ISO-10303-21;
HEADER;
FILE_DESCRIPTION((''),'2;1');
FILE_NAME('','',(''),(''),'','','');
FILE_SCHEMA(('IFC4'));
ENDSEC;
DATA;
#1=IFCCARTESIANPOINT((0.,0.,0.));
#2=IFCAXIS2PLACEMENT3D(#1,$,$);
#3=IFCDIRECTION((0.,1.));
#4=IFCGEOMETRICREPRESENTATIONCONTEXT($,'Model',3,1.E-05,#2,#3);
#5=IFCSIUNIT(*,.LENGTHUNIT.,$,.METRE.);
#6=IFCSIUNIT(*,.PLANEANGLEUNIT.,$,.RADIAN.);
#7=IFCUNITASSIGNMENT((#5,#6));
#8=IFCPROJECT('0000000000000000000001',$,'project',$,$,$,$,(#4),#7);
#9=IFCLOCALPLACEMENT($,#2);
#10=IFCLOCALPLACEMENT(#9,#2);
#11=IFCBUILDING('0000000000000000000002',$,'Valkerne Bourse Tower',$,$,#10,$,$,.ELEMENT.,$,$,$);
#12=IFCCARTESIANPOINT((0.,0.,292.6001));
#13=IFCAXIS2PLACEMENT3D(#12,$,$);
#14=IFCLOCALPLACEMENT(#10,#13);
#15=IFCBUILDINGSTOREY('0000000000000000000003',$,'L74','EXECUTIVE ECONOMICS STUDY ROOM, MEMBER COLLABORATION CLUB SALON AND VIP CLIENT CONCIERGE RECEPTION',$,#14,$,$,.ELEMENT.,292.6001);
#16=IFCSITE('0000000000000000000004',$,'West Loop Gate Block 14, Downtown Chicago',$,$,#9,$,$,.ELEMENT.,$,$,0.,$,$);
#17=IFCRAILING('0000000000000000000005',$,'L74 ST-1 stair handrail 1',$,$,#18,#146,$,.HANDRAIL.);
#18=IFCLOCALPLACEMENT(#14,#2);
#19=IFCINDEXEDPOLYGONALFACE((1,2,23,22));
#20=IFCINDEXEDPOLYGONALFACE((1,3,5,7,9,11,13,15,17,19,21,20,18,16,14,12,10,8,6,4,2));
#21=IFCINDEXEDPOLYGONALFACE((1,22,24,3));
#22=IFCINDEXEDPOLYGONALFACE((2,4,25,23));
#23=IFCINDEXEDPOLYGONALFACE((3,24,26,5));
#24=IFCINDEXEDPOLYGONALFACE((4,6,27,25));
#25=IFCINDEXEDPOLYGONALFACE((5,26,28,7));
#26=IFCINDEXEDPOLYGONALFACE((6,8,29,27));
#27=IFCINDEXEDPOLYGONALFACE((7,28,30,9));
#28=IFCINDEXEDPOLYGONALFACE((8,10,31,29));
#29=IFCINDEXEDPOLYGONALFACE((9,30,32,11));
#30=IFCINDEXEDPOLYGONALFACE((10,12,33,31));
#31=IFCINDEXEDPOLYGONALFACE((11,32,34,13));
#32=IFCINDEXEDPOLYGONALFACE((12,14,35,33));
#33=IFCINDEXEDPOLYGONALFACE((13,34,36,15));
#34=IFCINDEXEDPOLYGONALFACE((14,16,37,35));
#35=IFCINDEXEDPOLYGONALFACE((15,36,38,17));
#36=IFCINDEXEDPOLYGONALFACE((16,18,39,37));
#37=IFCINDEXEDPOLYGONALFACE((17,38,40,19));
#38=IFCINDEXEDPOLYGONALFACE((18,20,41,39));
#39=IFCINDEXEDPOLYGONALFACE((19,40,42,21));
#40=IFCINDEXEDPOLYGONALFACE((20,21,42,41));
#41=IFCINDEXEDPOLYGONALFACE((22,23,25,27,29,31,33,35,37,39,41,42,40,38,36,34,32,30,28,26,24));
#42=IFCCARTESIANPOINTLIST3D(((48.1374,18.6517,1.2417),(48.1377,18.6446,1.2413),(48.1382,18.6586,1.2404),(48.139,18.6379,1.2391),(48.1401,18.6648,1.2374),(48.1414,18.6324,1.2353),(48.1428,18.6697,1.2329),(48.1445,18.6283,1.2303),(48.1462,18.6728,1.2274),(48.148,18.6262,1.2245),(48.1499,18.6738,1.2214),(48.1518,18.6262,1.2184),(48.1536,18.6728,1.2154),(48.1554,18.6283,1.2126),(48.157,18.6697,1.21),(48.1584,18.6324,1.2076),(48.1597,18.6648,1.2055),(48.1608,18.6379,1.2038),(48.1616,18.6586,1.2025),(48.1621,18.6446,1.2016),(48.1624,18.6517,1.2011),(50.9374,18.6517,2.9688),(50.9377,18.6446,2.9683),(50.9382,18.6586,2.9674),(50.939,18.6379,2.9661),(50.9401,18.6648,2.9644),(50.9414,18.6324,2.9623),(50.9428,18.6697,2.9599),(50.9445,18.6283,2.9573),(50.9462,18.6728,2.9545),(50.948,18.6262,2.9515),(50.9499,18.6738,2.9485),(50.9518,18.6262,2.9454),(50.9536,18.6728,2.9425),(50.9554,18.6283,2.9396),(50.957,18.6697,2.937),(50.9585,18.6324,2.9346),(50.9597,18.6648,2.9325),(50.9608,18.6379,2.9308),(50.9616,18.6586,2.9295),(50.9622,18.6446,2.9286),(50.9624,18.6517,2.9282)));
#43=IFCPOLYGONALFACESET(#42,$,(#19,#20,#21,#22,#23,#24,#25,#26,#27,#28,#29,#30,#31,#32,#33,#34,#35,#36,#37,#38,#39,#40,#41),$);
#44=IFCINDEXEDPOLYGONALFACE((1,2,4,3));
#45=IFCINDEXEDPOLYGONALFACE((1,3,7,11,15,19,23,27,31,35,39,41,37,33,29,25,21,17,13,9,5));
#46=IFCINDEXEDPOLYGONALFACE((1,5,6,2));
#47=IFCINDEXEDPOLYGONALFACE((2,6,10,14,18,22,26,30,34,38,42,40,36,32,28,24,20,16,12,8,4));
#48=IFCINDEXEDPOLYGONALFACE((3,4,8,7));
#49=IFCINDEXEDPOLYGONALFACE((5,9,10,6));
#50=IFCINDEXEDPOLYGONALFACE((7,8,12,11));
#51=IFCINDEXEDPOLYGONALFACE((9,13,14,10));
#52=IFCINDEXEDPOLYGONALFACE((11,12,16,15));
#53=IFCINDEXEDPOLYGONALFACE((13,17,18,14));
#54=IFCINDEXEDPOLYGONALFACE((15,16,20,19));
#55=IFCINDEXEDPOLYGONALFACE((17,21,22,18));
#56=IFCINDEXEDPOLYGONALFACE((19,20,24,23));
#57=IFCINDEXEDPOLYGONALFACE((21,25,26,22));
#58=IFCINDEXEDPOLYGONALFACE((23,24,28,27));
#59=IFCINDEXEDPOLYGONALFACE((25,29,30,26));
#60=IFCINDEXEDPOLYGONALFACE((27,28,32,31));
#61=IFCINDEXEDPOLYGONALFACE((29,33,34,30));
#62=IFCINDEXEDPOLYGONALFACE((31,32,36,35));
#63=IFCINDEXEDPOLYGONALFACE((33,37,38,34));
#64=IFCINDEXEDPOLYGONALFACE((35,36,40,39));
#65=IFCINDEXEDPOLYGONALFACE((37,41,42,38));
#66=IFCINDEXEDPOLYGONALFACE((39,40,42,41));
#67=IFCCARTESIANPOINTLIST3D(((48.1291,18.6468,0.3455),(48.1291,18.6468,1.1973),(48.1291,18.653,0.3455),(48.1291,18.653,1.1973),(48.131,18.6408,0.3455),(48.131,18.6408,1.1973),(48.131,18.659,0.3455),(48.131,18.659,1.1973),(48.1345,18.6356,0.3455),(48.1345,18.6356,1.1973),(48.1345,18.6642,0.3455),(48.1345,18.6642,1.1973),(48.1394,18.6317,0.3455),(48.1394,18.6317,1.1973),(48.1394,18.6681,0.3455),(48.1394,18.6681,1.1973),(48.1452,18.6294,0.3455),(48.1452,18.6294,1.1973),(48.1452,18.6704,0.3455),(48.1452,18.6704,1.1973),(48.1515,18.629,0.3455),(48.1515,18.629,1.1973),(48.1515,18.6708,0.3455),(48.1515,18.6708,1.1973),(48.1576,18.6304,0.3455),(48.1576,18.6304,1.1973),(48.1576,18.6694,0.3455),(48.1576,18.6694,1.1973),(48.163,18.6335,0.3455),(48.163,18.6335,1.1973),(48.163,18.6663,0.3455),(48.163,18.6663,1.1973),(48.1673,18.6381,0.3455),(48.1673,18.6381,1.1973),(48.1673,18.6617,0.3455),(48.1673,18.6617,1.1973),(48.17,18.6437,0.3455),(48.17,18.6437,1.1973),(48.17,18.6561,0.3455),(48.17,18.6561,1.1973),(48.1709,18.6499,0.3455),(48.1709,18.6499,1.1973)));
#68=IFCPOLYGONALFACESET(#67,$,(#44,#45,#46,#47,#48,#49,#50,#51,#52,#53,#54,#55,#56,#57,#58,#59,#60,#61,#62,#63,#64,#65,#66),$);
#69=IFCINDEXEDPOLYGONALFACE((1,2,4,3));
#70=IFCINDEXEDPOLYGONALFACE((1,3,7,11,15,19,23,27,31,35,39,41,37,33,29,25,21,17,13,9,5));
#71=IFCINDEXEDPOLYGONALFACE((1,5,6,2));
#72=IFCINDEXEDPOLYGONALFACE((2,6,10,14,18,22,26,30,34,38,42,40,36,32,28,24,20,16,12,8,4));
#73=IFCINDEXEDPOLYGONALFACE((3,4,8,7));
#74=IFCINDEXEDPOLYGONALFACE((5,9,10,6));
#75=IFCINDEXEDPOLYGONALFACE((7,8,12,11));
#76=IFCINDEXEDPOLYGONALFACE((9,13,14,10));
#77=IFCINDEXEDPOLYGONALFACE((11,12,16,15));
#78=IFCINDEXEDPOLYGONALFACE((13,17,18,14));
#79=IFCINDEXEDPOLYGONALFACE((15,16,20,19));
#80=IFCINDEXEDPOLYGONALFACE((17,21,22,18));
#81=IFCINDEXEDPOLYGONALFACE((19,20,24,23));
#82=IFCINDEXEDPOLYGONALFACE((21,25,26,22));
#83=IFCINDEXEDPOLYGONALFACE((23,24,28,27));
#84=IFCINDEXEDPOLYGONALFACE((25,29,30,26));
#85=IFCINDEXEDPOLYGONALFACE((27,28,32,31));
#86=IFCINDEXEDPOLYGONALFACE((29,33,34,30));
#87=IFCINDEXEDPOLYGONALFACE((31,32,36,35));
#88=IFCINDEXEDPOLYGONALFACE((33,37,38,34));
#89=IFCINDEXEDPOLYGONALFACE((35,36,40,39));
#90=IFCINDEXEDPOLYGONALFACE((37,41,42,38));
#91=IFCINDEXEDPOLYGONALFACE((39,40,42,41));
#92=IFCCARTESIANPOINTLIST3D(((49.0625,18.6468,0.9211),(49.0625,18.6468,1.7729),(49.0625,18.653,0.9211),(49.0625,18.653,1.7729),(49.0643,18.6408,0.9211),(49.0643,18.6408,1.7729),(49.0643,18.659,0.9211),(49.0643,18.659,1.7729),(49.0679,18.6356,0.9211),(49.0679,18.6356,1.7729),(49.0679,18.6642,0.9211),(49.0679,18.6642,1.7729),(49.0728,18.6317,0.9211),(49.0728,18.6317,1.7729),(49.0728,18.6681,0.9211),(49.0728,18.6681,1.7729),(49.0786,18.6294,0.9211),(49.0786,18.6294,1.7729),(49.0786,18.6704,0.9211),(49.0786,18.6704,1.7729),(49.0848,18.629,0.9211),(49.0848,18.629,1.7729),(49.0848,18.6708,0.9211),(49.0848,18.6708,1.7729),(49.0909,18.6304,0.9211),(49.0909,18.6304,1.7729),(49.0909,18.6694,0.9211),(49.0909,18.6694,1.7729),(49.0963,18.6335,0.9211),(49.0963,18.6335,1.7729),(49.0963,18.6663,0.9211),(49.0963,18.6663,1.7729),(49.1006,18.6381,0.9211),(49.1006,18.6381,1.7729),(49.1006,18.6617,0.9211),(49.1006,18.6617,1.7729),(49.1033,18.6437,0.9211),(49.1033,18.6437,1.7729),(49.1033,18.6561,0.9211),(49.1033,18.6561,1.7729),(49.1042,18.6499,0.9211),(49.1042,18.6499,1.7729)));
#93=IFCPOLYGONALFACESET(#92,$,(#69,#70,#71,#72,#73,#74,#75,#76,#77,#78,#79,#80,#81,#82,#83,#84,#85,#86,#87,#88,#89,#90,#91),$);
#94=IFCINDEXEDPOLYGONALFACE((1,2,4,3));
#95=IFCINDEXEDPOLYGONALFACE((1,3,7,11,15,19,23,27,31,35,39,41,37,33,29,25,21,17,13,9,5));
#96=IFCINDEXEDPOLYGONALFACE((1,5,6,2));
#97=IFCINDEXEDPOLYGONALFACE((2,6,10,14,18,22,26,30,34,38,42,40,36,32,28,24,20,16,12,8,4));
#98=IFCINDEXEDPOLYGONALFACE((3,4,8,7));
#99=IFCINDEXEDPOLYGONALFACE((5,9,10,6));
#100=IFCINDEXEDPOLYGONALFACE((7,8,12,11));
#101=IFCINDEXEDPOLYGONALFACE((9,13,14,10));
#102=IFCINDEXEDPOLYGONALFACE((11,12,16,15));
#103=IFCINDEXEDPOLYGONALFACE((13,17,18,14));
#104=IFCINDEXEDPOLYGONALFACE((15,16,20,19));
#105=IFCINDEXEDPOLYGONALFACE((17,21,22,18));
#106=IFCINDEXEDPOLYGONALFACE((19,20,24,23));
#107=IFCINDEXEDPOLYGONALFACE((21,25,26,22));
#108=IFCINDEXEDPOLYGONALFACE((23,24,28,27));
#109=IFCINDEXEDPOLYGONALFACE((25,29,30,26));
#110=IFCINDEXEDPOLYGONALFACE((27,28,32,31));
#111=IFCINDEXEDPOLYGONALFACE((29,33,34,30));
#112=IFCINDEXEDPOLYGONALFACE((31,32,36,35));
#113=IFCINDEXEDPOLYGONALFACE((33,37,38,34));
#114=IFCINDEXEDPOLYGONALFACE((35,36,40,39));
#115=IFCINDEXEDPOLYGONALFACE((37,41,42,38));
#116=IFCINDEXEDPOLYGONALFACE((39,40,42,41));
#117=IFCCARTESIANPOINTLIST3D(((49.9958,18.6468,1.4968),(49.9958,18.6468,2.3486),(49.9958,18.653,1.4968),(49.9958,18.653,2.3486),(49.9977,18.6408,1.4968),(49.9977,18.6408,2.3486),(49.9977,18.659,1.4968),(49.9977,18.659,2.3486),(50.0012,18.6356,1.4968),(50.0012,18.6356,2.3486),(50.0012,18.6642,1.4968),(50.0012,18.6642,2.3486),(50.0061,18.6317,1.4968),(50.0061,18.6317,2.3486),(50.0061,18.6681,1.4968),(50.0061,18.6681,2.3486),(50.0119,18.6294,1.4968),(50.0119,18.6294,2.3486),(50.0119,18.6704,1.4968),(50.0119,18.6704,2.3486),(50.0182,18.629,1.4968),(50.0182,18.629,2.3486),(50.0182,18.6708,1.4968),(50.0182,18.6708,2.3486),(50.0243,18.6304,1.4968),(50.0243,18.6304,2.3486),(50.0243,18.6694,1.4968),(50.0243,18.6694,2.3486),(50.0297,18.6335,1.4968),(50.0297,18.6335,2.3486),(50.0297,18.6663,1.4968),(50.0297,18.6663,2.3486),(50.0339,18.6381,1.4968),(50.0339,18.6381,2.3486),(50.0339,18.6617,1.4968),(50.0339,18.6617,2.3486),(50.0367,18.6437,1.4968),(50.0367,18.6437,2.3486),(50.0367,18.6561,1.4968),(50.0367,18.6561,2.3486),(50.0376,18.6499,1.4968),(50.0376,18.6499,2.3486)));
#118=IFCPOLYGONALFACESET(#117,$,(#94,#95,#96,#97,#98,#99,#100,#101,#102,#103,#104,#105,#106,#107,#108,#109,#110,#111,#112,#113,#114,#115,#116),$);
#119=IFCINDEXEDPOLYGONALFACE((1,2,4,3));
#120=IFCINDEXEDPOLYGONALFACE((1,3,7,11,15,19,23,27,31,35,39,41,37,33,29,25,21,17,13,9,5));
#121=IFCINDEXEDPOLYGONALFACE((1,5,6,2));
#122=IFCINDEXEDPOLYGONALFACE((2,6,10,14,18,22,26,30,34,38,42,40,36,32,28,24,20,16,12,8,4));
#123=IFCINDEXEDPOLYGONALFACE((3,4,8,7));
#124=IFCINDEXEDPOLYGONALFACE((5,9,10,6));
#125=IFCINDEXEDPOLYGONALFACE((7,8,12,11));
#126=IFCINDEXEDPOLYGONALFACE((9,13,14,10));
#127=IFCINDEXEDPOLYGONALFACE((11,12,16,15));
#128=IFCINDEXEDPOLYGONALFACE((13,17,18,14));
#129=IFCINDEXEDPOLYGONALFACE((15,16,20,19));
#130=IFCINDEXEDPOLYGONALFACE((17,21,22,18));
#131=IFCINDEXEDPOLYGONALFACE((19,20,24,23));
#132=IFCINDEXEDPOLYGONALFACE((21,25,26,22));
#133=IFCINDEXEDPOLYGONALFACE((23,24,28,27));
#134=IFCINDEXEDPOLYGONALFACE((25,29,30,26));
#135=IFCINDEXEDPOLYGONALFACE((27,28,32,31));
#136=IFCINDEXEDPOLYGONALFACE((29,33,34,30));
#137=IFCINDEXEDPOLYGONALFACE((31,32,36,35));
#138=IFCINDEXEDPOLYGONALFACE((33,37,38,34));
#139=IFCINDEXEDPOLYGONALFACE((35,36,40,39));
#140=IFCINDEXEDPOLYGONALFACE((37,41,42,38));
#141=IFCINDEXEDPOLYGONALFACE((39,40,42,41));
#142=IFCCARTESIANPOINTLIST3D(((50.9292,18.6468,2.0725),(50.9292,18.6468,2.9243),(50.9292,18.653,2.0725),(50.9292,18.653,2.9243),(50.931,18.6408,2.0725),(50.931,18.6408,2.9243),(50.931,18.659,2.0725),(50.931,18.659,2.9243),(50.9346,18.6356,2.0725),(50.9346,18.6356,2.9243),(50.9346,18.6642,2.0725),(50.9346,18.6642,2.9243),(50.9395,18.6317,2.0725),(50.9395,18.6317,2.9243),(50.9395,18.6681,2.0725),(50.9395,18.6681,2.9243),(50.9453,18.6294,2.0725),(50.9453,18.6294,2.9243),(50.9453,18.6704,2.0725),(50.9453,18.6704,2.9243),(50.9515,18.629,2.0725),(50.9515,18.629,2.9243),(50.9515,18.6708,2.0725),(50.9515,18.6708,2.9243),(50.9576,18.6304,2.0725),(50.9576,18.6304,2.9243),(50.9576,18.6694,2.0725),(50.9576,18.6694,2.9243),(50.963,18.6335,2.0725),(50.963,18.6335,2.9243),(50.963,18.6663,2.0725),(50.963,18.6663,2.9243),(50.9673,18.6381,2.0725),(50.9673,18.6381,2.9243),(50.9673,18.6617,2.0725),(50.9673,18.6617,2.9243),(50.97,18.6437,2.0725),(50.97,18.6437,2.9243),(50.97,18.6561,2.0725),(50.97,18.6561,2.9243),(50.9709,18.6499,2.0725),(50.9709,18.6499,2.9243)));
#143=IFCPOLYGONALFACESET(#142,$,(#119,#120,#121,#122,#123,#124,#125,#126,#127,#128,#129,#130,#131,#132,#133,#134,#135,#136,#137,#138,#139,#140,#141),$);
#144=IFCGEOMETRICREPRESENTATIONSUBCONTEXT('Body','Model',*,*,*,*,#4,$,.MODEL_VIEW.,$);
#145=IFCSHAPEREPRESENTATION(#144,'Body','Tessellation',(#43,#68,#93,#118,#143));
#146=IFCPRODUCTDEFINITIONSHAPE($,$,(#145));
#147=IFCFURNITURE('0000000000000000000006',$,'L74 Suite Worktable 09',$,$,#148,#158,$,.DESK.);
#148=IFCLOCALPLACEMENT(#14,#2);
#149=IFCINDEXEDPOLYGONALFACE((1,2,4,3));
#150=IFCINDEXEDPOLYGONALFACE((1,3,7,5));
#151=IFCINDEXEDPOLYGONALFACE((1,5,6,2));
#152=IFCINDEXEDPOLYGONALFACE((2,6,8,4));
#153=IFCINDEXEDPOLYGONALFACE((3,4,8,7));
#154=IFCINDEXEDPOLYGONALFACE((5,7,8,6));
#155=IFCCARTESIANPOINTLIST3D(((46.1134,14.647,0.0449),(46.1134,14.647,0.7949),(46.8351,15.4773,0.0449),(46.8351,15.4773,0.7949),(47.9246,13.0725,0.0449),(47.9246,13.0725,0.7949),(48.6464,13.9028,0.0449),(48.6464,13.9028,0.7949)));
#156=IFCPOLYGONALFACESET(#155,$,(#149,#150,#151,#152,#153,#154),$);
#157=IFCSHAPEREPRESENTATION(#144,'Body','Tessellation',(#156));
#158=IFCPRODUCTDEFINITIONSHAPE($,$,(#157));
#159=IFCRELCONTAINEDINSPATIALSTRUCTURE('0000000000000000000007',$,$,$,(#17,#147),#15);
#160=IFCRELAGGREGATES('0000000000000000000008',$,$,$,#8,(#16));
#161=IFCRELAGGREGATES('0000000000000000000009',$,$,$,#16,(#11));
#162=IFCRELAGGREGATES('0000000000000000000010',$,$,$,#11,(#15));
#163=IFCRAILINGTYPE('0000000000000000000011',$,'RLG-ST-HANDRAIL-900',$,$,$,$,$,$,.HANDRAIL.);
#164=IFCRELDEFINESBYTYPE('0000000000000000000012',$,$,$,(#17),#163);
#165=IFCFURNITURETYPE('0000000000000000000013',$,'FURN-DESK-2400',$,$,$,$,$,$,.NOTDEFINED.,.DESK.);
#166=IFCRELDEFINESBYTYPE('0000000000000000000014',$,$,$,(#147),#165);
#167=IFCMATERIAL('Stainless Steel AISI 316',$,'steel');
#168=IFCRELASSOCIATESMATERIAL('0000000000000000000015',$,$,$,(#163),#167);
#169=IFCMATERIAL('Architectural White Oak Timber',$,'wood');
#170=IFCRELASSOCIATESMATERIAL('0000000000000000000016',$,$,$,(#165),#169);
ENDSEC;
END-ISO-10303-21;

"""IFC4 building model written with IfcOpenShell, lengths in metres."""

from ifc_helpers import new_model, si_unit, direction, frame, origin, origin_2d, place, context, subcontext, project, spatial, rectangle, circle, extrude, material, type_object, element, save


model = new_model("IFC4")

# Units and contexts
model_context = context("Model", 3, precision=1e-05, world=origin(), true_north=direction((0.0, 1.0)))
body_context = subcontext(model_context, "Body", "Model", "MODEL_VIEW")
ifc_project = project(units=[si_unit("LENGTHUNIT", "METRE"), si_unit("PLANEANGLEUNIT", "RADIAN")], contexts=[model_context])

# Site, building, storey
site_placement = place(None, origin())
site = spatial("IfcSite", under=ifc_project, at=site_placement, Name="West Loop Gate Block 14, Downtown Chicago", CompositionType="ELEMENT", RefElevation=0.0)
building_placement = place(site_placement, origin())
building = spatial("IfcBuilding", under=site, at=building_placement, Name="Valkerne Bourse Tower", CompositionType="ELEMENT")
storey_placement = place(building_placement, frame((0.0, 0.0, 292.6001)))
storey = spatial("IfcBuildingStorey", under=building, at=storey_placement, Name="L74", Description="EXECUTIVE ECONOMICS STUDY ROOM, MEMBER COLLABORATION CLUB SALON AND VIP CLIENT CONCIERGE RECEPTION", CompositionType="ELEMENT", Elevation=292.6001)

# Shared definitions
ifc_material_1 = material(Name="Stainless Steel AISI 316", Category="steel")

# Shared definitions
ifc_material_2 = material(Name="Architectural White Oak Timber", Category="wood")

# Railing
railing_type_1 = type_object("IfcRailingType", Name="RLG-ST-HANDRAIL-900", PredefinedType="HANDRAIL", material=ifc_material_1)
railing_1_placement = place(storey_placement, frame((48.1499, 18.6499, 0.3455)))
element("IfcRailing", 1, at=railing_1_placement, inside=storey, type_object=railing_type_1, Name="L74 ST-1 stair handrail 1", PredefinedType="HANDRAIL", context=body_context, shape_type="SweptSolid", body=[
    extrude(circle(Radius=0.0239, at=origin_2d()), frame((0.0, 0.0, 0.876), z_axis=(0.851123, 0.0, 0.524967), x_axis=(0.0, 1.0, 0.0)), (0.0, 0.0, 1.0), 3.2898),
    extrude(circle(Radius=0.021, at=origin_2d()), origin(), (0.0, 0.0, 1.0), 0.8518),
    extrude(circle(Radius=0.021, at=origin_2d()), frame((0.9333, 0.0, 0.5757)), (0.0, 0.0, 1.0), 0.8518),
    extrude(circle(Radius=0.021, at=origin_2d()), frame((1.8667, 0.0, 1.1514)), (0.0, 0.0, 1.0), 0.8518),
    extrude(circle(Radius=0.021, at=origin_2d()), frame((2.8, 0.0, 1.7271)), (0.0, 0.0, 1.0), 0.8518),
])

# Furniture
furniture_type = type_object("IfcFurnitureType", Name="FURN-DESK-2400", AssemblyPlace="NOTDEFINED", PredefinedType="DESK", material=ifc_material_2)
furniture_placement = place(storey_placement, frame((47.3799, 14.2749, 0.0449), z_axis=(0.0, 0.0, 1.0), x_axis=(-0.75471, 0.656059, 0.0)))
element("IfcFurniture", 2, at=furniture_placement, inside=storey, type_object=furniture_type, Name="L74 Suite Worktable 09", PredefinedType="DESK", context=body_context, shape_type="SweptSolid", body=[
    extrude(rectangle(XDim=2.3999, YDim=1.1001, at=origin_2d()), origin(), (0.0, 0.0, 1.0), 0.75),
])

save(model, "model.ifc")
